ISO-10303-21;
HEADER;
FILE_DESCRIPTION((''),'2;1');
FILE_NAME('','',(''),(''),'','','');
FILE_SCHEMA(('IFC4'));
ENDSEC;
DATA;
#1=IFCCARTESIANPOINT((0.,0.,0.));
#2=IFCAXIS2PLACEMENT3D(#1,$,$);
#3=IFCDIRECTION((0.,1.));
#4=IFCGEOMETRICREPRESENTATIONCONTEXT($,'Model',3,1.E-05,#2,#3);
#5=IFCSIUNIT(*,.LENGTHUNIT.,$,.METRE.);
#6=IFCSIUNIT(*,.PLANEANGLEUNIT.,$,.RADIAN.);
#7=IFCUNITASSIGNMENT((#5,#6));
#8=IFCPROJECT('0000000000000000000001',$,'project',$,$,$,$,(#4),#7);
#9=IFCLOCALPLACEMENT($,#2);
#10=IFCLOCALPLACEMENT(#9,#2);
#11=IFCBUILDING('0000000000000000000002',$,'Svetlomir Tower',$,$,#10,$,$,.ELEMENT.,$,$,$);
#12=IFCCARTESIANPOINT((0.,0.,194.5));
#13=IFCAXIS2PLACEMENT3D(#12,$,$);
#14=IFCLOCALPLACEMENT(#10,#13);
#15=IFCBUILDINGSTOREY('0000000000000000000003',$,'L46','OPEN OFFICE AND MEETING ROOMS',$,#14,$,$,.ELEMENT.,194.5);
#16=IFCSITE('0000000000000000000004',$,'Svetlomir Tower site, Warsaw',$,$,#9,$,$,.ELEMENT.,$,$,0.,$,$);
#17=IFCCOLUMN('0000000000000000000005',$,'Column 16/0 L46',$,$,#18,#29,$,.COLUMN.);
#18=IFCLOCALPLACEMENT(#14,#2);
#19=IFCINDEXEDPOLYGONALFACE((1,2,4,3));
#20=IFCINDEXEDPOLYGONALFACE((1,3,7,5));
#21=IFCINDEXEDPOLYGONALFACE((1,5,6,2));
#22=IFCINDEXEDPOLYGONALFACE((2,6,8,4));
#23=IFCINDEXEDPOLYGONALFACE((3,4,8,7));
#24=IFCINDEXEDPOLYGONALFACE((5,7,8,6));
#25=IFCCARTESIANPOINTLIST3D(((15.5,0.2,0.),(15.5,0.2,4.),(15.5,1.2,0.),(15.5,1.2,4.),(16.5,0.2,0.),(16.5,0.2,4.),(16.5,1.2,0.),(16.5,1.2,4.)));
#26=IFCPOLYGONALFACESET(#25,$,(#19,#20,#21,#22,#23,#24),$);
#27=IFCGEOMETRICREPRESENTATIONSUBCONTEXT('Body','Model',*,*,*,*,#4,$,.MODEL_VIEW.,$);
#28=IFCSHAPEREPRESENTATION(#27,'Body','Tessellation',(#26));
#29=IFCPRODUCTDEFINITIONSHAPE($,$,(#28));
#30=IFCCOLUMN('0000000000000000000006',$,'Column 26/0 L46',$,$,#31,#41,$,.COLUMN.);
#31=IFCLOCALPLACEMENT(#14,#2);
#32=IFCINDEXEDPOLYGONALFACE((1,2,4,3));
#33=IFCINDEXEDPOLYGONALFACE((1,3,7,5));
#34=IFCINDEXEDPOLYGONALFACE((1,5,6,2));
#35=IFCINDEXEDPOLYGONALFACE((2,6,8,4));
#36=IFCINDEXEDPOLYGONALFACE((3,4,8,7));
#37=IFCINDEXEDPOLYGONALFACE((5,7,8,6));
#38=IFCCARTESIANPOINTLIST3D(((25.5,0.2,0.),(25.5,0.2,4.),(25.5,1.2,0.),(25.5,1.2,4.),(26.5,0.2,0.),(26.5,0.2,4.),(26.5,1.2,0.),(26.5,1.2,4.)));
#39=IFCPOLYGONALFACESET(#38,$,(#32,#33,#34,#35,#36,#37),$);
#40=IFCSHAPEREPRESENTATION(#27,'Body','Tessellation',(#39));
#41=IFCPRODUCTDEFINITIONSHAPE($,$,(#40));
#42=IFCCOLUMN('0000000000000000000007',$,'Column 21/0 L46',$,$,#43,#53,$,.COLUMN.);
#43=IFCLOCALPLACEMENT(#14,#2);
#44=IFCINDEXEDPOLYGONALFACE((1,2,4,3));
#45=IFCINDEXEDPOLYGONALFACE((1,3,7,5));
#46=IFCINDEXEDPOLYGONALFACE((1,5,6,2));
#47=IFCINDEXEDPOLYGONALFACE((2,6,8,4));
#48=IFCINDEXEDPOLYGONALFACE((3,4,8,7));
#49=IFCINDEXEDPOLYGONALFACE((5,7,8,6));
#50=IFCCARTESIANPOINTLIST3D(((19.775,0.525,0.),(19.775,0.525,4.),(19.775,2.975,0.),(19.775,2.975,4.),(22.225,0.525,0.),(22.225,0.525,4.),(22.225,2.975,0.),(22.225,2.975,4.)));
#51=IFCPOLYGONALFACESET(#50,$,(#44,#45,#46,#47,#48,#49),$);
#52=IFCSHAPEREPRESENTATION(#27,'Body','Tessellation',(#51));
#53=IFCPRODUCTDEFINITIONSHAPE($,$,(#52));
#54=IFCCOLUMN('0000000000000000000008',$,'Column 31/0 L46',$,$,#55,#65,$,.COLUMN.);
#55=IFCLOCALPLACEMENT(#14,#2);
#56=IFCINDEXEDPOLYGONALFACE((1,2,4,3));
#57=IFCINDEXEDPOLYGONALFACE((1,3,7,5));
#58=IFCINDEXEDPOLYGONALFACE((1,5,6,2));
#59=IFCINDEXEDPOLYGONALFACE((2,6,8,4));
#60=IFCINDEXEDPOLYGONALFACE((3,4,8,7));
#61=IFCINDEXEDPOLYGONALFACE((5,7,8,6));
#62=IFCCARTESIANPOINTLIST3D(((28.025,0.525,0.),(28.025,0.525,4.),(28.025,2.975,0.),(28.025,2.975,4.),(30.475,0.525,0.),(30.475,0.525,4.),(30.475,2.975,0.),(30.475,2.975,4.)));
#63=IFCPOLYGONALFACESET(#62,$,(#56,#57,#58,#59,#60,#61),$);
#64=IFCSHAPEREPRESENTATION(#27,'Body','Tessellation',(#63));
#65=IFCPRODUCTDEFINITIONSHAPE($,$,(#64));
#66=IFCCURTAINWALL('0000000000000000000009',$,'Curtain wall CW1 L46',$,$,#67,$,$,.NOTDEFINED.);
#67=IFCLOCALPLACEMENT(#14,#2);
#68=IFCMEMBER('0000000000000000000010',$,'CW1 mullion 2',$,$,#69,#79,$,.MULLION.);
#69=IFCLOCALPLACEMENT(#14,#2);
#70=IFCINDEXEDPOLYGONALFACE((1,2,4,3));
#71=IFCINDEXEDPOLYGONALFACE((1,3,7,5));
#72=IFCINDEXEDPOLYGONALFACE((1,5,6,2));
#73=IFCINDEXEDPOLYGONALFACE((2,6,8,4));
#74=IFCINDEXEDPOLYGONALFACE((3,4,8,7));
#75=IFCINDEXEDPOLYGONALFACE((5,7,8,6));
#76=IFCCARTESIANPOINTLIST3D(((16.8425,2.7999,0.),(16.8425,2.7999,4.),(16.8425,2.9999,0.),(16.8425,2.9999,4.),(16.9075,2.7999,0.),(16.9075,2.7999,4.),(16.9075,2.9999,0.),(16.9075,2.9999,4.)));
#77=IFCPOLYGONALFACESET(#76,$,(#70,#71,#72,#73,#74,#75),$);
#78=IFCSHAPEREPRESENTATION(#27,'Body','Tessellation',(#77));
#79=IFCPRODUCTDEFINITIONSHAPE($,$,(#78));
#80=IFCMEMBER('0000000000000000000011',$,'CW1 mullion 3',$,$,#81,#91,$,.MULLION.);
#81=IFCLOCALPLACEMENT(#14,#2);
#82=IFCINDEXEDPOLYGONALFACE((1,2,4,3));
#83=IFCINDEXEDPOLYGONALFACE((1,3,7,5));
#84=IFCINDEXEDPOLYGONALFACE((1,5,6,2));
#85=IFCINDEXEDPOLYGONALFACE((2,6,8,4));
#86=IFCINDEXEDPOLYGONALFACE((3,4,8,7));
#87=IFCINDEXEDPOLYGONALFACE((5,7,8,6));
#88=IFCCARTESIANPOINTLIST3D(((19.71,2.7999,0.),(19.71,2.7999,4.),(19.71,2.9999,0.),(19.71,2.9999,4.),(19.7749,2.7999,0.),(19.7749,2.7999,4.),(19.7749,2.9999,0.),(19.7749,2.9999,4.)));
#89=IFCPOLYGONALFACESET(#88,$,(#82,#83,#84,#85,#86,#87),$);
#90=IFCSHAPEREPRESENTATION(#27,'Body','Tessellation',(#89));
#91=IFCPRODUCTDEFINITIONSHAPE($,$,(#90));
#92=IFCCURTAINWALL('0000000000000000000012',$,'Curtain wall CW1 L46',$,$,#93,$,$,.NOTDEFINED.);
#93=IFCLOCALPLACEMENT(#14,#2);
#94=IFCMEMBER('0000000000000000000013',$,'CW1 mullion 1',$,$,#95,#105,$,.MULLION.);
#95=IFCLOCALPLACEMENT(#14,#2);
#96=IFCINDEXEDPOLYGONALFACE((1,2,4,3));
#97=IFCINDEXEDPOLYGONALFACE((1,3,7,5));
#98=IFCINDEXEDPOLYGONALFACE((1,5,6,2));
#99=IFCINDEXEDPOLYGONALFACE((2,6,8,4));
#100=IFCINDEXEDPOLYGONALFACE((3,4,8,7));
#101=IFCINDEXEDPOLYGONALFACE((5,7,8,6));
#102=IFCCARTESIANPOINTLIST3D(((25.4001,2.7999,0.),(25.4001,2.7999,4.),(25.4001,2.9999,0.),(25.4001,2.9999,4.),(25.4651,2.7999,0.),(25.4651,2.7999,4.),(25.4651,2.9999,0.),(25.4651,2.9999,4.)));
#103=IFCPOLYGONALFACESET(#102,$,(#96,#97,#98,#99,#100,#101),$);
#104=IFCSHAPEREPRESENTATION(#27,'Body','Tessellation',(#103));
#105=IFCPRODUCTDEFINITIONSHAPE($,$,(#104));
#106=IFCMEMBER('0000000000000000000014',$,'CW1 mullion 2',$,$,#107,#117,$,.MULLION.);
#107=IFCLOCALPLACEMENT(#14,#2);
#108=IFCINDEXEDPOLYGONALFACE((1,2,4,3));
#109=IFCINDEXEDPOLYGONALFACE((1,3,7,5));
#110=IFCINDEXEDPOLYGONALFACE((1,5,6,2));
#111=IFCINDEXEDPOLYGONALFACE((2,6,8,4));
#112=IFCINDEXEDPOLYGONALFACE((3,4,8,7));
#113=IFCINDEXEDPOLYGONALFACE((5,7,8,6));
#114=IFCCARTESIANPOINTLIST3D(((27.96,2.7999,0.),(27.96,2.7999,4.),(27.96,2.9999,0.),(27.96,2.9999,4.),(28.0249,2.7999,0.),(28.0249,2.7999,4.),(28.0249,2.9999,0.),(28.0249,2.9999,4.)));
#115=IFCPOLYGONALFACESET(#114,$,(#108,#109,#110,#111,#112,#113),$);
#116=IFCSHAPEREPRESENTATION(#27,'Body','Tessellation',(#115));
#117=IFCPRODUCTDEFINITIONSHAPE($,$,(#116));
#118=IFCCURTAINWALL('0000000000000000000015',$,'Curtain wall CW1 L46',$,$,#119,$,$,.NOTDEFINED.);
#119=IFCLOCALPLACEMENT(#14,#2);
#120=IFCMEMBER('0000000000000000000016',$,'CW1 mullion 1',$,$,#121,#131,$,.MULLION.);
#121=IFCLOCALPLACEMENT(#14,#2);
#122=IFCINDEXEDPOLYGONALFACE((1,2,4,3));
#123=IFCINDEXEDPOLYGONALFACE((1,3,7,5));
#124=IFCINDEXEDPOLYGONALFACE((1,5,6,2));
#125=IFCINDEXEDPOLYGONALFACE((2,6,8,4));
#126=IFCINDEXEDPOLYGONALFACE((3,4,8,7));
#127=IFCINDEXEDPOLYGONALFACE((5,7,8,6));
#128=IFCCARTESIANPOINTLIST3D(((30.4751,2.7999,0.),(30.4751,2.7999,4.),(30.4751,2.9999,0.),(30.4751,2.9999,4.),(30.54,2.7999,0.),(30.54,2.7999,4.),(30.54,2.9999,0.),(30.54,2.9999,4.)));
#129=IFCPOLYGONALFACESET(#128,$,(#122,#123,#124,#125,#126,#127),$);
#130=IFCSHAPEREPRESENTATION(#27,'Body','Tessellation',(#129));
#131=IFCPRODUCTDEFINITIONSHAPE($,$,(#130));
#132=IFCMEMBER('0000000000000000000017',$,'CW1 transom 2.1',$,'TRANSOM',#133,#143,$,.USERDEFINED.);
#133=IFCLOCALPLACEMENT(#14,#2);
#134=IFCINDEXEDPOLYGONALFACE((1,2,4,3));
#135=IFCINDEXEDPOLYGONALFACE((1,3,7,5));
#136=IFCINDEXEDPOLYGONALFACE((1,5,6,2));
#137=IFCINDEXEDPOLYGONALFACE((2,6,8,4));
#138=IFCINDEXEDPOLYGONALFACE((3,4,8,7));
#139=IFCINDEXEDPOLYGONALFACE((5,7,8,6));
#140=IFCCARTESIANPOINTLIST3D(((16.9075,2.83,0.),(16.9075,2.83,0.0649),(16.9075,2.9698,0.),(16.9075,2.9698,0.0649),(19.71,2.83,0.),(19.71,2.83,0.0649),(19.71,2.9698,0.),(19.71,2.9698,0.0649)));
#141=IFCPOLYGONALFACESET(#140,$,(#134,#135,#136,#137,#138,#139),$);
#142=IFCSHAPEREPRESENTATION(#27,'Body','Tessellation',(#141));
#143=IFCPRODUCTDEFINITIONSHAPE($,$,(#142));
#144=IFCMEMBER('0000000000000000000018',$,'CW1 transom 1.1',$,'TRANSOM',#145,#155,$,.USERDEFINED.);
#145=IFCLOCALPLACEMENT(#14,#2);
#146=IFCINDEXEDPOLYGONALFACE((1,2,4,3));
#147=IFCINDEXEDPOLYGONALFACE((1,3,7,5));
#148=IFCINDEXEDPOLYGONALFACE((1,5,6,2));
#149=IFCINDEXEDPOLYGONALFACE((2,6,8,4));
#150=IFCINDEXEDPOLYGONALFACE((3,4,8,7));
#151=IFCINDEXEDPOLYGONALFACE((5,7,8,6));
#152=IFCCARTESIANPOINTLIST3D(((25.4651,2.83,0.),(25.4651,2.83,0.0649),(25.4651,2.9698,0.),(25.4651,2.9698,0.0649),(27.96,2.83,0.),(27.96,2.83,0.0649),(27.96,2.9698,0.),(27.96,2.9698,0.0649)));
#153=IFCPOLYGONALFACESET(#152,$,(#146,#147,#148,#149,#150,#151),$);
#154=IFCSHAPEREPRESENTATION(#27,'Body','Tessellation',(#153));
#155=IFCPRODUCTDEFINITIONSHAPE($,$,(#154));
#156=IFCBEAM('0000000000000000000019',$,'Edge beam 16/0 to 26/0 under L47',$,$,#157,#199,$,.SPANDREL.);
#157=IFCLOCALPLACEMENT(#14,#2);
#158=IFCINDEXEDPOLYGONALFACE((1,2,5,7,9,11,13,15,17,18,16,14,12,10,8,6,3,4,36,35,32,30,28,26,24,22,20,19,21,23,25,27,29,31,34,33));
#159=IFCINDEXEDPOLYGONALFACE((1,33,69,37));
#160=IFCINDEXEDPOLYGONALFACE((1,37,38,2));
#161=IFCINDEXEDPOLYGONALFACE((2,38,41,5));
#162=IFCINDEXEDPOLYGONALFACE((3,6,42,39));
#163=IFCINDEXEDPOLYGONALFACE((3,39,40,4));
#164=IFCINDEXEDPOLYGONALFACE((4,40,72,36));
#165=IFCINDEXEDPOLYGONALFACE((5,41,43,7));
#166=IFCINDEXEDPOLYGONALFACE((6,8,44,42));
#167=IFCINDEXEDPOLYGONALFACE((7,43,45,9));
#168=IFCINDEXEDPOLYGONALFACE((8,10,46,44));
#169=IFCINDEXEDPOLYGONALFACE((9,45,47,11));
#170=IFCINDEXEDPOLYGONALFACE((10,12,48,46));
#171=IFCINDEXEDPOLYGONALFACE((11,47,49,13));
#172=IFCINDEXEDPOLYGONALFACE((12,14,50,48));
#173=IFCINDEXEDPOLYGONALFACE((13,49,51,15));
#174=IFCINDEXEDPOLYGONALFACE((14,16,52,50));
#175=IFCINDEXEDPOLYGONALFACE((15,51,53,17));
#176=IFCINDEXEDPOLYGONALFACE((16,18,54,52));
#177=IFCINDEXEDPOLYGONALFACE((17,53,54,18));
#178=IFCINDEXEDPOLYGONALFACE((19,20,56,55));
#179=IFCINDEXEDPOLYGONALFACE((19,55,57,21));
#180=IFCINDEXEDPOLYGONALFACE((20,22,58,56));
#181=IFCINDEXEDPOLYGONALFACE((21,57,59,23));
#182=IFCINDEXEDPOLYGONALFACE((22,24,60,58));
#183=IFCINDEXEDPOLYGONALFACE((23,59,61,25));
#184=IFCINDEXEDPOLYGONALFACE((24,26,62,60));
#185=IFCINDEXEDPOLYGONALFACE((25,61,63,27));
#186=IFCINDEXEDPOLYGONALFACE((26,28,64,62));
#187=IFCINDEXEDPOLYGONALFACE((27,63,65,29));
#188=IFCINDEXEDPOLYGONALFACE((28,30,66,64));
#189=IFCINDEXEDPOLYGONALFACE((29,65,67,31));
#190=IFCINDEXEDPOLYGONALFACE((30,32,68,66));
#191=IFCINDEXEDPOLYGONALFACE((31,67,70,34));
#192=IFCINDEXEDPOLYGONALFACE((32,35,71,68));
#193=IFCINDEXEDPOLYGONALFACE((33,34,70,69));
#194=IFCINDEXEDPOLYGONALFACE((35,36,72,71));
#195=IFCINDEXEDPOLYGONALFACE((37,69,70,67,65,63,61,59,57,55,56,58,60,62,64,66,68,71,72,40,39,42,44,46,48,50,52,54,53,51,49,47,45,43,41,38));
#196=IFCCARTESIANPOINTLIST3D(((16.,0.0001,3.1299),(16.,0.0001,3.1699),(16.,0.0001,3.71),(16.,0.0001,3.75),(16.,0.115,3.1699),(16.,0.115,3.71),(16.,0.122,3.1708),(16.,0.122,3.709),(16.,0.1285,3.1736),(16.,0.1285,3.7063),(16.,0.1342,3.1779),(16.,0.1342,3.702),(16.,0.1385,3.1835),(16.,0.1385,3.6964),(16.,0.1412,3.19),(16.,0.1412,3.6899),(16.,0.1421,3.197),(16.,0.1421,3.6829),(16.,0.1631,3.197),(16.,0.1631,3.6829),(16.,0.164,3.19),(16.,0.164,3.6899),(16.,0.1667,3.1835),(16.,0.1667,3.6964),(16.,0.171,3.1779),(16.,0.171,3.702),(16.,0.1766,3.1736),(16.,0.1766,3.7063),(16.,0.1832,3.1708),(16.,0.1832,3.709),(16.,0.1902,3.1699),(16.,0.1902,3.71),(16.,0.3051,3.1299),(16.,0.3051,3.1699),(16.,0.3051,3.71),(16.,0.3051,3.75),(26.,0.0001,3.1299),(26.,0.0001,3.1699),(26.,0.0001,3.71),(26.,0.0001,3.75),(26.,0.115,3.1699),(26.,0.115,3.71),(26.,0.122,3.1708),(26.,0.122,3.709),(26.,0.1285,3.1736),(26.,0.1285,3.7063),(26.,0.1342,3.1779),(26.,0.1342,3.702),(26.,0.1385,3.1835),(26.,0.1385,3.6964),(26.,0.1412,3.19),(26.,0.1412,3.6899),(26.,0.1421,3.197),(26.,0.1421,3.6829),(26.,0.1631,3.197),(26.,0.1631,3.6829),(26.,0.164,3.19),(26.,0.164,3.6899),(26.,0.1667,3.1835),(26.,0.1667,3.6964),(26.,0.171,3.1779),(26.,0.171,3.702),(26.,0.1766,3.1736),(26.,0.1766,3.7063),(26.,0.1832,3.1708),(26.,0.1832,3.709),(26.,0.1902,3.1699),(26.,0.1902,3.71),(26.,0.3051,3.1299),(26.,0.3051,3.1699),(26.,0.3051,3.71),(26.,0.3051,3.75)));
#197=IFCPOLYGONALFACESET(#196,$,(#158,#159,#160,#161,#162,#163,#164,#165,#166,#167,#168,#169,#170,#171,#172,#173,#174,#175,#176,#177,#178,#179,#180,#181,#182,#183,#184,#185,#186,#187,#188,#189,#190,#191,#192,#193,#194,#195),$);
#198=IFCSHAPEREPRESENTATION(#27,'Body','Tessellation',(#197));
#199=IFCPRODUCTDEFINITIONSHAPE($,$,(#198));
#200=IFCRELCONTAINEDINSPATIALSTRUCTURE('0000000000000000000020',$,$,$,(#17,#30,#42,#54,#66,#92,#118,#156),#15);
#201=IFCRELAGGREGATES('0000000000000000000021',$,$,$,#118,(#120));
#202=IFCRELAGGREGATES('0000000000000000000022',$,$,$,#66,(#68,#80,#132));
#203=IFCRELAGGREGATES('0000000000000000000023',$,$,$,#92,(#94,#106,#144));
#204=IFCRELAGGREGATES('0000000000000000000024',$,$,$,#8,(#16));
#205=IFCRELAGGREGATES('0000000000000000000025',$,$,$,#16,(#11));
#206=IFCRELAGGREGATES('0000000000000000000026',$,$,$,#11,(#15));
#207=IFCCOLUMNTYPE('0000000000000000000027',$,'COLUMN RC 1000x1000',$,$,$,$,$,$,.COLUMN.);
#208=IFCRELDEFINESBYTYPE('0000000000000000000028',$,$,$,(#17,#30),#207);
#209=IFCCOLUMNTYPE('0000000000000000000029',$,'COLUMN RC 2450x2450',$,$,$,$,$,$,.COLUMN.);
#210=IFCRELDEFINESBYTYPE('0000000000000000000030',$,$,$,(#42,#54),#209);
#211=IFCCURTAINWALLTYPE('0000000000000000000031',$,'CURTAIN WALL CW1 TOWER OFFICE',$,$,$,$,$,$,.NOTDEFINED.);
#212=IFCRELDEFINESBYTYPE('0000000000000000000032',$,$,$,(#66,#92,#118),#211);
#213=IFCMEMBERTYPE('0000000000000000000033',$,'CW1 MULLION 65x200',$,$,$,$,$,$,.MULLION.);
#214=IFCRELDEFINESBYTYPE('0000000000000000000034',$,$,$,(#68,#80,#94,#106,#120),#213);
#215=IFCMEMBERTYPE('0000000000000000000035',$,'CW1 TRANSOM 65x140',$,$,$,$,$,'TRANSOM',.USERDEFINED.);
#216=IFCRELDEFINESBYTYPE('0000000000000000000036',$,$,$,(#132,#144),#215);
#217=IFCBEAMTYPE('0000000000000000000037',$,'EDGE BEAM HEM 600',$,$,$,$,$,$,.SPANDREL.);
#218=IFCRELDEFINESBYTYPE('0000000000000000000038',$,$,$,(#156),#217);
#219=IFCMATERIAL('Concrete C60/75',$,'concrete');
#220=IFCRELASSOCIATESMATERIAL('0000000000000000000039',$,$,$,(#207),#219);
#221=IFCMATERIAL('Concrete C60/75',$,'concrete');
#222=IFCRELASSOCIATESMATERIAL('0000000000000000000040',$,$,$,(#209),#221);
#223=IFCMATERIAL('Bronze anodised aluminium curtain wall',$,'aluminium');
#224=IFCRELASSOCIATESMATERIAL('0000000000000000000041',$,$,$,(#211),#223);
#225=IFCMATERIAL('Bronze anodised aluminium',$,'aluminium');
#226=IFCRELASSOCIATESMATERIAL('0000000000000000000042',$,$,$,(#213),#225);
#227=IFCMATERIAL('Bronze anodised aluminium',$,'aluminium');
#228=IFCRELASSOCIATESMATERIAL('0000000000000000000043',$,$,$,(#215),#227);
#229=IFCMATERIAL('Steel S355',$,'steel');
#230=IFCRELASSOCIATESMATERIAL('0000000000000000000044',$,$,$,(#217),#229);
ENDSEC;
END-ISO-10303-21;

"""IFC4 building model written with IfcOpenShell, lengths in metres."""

from ifc_helpers import new_model, si_unit, direction, frame, origin, origin_2d, place, context, subcontext, project, spatial, rectangle, i_section, extrude, material, material_profile, profile_set, type_object, element, aggregate, save


model = new_model("IFC4")

# Units and contexts
model_context = context("Model", 3, precision=1e-05, world=origin(), true_north=direction((0.0, 1.0)))
body_context = subcontext(model_context, "Body", "Model", "MODEL_VIEW")
ifc_project = project(units=[si_unit("LENGTHUNIT", "METRE"), si_unit("PLANEANGLEUNIT", "RADIAN")], contexts=[model_context])

# Site, building, storey
site_placement = place(None, origin())
site = spatial("IfcSite", under=ifc_project, at=site_placement, Name="Svetlomir Tower site, Warsaw", CompositionType="ELEMENT", RefElevation=0.0)
building_placement = place(site_placement, origin())
building = spatial("IfcBuilding", under=site, at=building_placement, Name="Svetlomir Tower", CompositionType="ELEMENT")
storey_placement = place(building_placement, frame((0.0, 0.0, 194.5)))
storey = spatial("IfcBuildingStorey", under=building, at=storey_placement, Name="L46", Description="OPEN OFFICE AND MEETING ROOMS", CompositionType="ELEMENT", Elevation=194.5)

# Columns
ifc_material_1 = material(Name="Concrete C60/75", Category="concrete")
ifc_material_profile_1 = material_profile(ifc_material_1, rectangle(XDim=1.0, YDim=1.0, at=origin_2d()), Name="RC 1000x1000")
ifc_profile_set_1 = profile_set([ifc_material_profile_1], Name="Concrete C60/75")
column_type_1 = type_object("IfcColumnType", Name="COLUMN RC 1000x1000", PredefinedType="COLUMN", material=ifc_profile_set_1)
for number, where, z_axis, x_axis, name in (
    (1, (16.0, 0.7, 0.0), (0.0, 0.0, 1.0), (1.0, 0.0, 0.0), "Column 16/0 L46"),
    (2, (26.0, 0.7, 0.0), (0.0, 0.0, 1.0), (1.0, 0.0, 0.0), "Column 26/0 L46"),
):
    element("IfcColumn", number, at=place(storey_placement, frame(where, z_axis=z_axis, x_axis=x_axis)), inside=storey, type_object=column_type_1, Name=name, PredefinedType="COLUMN", context=body_context, shape_type="SweptSolid", body=[
        extrude(rectangle(XDim=1.0, YDim=1.0, at=origin_2d()), origin(), (0.0, 0.0, 1.0), 4.0),
    ])
ifc_material_2 = material(Name="Concrete C60/75", Category="concrete")
ifc_material_profile_2 = material_profile(ifc_material_2, rectangle(XDim=2.45, YDim=2.45, at=origin_2d()), Name="RC 2450x2450")
ifc_profile_set_2 = profile_set([ifc_material_profile_2], Name="Concrete C60/75")
column_type_2 = type_object("IfcColumnType", Name="COLUMN RC 2450x2450", PredefinedType="COLUMN", material=ifc_profile_set_2)
for number, where, z_axis, x_axis, name in (
    (3, (21.0, 1.75, 0.0), (0.0, 0.0, 1.0), (1.0, 0.0, 0.0), "Column 21/0 L46"),
    (4, (29.25, 1.75, 0.0), (0.0, 0.0, 1.0), (1.0, 0.0, 0.0), "Column 31/0 L46"),
):
    element("IfcColumn", number, at=place(storey_placement, frame(where, z_axis=z_axis, x_axis=x_axis)), inside=storey, type_object=column_type_2, Name=name, PredefinedType="COLUMN", context=body_context, shape_type="SweptSolid", body=[
        extrude(rectangle(XDim=2.45, YDim=2.45, at=origin_2d()), origin(), (0.0, 0.0, 1.0), 4.0),
    ])

# Curtain walls, members
ifc_material_3 = material(Name="Bronze anodised aluminium curtain wall", Category="aluminium")
curtain_wall_type = type_object("IfcCurtainWallType", Name="CURTAIN WALL CW1 TOWER OFFICE", PredefinedType="NOTDEFINED", material=ifc_material_3)
curtain_wall_1_placement = place(storey_placement, origin())
curtain_wall_1 = element("IfcCurtainWall", 5, at=curtain_wall_1_placement, inside=storey, type_object=curtain_wall_type, Name="Curtain wall CW1 L46", PredefinedType="NOTDEFINED")
ifc_material_4 = material(Name="Bronze anodised aluminium", Category="aluminium")
ifc_material_profile_3 = material_profile(ifc_material_4, rectangle(XDim=0.0649, YDim=0.2, at=origin_2d()), Name="AL 65x200")
ifc_profile_set_3 = profile_set([ifc_material_profile_3], Name="Bronze anodised aluminium 6063-T6")
member_type_1 = type_object("IfcMemberType", Name="CW1 MULLION 65x200", PredefinedType="MULLION", material=ifc_profile_set_3)
member_1_placement = place(storey_placement, frame((16.875, 2.8999, 0.0), z_axis=(0.0, 0.0, 1.0), x_axis=(1.0, 0.0, 0.0)))
member_1 = element("IfcMember", 6, at=member_1_placement, type_object=member_type_1, Name="CW1 mullion 2", PredefinedType="MULLION", context=body_context, shape_type="SweptSolid", body=[
    extrude(rectangle(XDim=0.0649, YDim=0.2, at=origin_2d()), origin(), (0.0, 0.0, 1.0), 4.0),
])
member_2_placement = place(storey_placement, frame((19.7424, 2.8999, 0.0), z_axis=(0.0, 0.0, 1.0), x_axis=(1.0, 0.0, 0.0)))
member_2 = element("IfcMember", 7, at=member_2_placement, type_object=member_type_1, Name="CW1 mullion 3", PredefinedType="MULLION", context=body_context, shape_type="SweptSolid", body=[
    extrude(rectangle(XDim=0.0649, YDim=0.2, at=origin_2d()), origin(), (0.0, 0.0, 1.0), 4.0),
])
curtain_wall_2_placement = place(storey_placement, origin())
curtain_wall_2 = element("IfcCurtainWall", 8, at=curtain_wall_2_placement, inside=storey, type_object=curtain_wall_type, Name="Curtain wall CW1 L46", PredefinedType="NOTDEFINED")
member_3_placement = place(storey_placement, frame((25.4326, 2.8999, 0.0), z_axis=(0.0, 0.0, 1.0), x_axis=(1.0, 0.0, 0.0)))
member_3 = element("IfcMember", 9, at=member_3_placement, type_object=member_type_1, Name="CW1 mullion 1", PredefinedType="MULLION", context=body_context, shape_type="SweptSolid", body=[
    extrude(rectangle(XDim=0.0649, YDim=0.2, at=origin_2d()), origin(), (0.0, 0.0, 1.0), 4.0),
])
member_4_placement = place(storey_placement, frame((27.9924, 2.8999, 0.0), z_axis=(0.0, 0.0, 1.0), x_axis=(1.0, 0.0, 0.0)))
member_4 = element("IfcMember", 10, at=member_4_placement, type_object=member_type_1, Name="CW1 mullion 2", PredefinedType="MULLION", context=body_context, shape_type="SweptSolid", body=[
    extrude(rectangle(XDim=0.0649, YDim=0.2, at=origin_2d()), origin(), (0.0, 0.0, 1.0), 4.0),
])

# Curtain wall, member
curtain_wall_3_placement = place(storey_placement, origin())
curtain_wall_3 = element("IfcCurtainWall", 11, at=curtain_wall_3_placement, inside=storey, type_object=curtain_wall_type, Name="Curtain wall CW1 L46", PredefinedType="NOTDEFINED")
member_5_placement = place(storey_placement, frame((30.5076, 2.8999, 0.0), z_axis=(0.0, 0.0, 1.0), x_axis=(1.0, 0.0, 0.0)))
member_5 = element("IfcMember", 12, at=member_5_placement, type_object=member_type_1, Name="CW1 mullion 1", PredefinedType="MULLION", context=body_context, shape_type="SweptSolid", body=[
    extrude(rectangle(XDim=0.0649, YDim=0.2, at=origin_2d()), origin(), (0.0, 0.0, 1.0), 4.0),
])
aggregate(curtain_wall_3, [member_5])

# Members
ifc_material_5 = material(Name="Bronze anodised aluminium", Category="aluminium")
ifc_material_profile_4 = material_profile(ifc_material_5, rectangle(XDim=0.1399, YDim=0.0649, at=origin_2d()), Name="AL 140x65")
ifc_profile_set_4 = profile_set([ifc_material_profile_4], Name="Bronze anodised aluminium 6063-T6")
member_type_2 = type_object("IfcMemberType", Name="CW1 TRANSOM 65x140", ElementType="TRANSOM", PredefinedType="USERDEFINED", material=ifc_profile_set_4)
member_6_placement = place(storey_placement, frame((16.9075, 2.8999, 0.0325), z_axis=(1.0, 0.0, 0.0), x_axis=(0.0, 1.0, 0.0)))
member_6 = element("IfcMember", 13, at=member_6_placement, type_object=member_type_2, Name="CW1 transom 2.1", ObjectType="TRANSOM", PredefinedType="USERDEFINED", context=body_context, shape_type="SweptSolid", body=[
    extrude(rectangle(XDim=0.1399, YDim=0.0649, at=origin_2d()), origin(), (0.0, 0.0, 1.0), 2.8025),
])
member_7_placement = place(storey_placement, frame((25.4651, 2.8999, 0.0325), z_axis=(1.0, 0.0, 0.0), x_axis=(0.0, 1.0, 0.0)))
member_7 = element("IfcMember", 14, at=member_7_placement, type_object=member_type_2, Name="CW1 transom 1.1", ObjectType="TRANSOM", PredefinedType="USERDEFINED", context=body_context, shape_type="SweptSolid", body=[
    extrude(rectangle(XDim=0.1399, YDim=0.0649, at=origin_2d()), origin(), (0.0, 0.0, 1.0), 2.4949),
])

# Beam
ifc_material_6 = material(Name="Steel S355", Category="steel")
ifc_material_profile_5 = material_profile(ifc_material_6, i_section(OverallWidth=0.3049, OverallDepth=0.6201, WebThickness=0.021, FlangeThickness=0.04, FilletRadius=0.0271, at=origin_2d()), Name="HEM 600")
ifc_profile_set_5 = profile_set([ifc_material_profile_5], Name="Steel S355")
beam_type_1 = type_object("IfcBeamType", Name="EDGE BEAM HEM 600", PredefinedType="SPANDREL", material=ifc_profile_set_5)
beam_1_placement = place(storey_placement, frame((16.0, 0.1526, 3.4399), z_axis=(1.0, 0.0, 0.0), x_axis=(0.0, 1.0, 0.0)))
element("IfcBeam", 15, at=beam_1_placement, inside=storey, type_object=beam_type_1, Name="Edge beam 16/0 to 26/0 under L47", PredefinedType="SPANDREL", context=body_context, shape_type="SweptSolid", body=[
    extrude(i_section(OverallWidth=0.3049, OverallDepth=0.6201, WebThickness=0.021, FlangeThickness=0.04, FilletRadius=0.0271, at=origin_2d()), origin(), (0.0, 0.0, 1.0), 10.0),
])

aggregate(curtain_wall_1, [member_1, member_2, member_6])
aggregate(curtain_wall_2, [member_3, member_4, member_7])

save(model, "model.ifc")
